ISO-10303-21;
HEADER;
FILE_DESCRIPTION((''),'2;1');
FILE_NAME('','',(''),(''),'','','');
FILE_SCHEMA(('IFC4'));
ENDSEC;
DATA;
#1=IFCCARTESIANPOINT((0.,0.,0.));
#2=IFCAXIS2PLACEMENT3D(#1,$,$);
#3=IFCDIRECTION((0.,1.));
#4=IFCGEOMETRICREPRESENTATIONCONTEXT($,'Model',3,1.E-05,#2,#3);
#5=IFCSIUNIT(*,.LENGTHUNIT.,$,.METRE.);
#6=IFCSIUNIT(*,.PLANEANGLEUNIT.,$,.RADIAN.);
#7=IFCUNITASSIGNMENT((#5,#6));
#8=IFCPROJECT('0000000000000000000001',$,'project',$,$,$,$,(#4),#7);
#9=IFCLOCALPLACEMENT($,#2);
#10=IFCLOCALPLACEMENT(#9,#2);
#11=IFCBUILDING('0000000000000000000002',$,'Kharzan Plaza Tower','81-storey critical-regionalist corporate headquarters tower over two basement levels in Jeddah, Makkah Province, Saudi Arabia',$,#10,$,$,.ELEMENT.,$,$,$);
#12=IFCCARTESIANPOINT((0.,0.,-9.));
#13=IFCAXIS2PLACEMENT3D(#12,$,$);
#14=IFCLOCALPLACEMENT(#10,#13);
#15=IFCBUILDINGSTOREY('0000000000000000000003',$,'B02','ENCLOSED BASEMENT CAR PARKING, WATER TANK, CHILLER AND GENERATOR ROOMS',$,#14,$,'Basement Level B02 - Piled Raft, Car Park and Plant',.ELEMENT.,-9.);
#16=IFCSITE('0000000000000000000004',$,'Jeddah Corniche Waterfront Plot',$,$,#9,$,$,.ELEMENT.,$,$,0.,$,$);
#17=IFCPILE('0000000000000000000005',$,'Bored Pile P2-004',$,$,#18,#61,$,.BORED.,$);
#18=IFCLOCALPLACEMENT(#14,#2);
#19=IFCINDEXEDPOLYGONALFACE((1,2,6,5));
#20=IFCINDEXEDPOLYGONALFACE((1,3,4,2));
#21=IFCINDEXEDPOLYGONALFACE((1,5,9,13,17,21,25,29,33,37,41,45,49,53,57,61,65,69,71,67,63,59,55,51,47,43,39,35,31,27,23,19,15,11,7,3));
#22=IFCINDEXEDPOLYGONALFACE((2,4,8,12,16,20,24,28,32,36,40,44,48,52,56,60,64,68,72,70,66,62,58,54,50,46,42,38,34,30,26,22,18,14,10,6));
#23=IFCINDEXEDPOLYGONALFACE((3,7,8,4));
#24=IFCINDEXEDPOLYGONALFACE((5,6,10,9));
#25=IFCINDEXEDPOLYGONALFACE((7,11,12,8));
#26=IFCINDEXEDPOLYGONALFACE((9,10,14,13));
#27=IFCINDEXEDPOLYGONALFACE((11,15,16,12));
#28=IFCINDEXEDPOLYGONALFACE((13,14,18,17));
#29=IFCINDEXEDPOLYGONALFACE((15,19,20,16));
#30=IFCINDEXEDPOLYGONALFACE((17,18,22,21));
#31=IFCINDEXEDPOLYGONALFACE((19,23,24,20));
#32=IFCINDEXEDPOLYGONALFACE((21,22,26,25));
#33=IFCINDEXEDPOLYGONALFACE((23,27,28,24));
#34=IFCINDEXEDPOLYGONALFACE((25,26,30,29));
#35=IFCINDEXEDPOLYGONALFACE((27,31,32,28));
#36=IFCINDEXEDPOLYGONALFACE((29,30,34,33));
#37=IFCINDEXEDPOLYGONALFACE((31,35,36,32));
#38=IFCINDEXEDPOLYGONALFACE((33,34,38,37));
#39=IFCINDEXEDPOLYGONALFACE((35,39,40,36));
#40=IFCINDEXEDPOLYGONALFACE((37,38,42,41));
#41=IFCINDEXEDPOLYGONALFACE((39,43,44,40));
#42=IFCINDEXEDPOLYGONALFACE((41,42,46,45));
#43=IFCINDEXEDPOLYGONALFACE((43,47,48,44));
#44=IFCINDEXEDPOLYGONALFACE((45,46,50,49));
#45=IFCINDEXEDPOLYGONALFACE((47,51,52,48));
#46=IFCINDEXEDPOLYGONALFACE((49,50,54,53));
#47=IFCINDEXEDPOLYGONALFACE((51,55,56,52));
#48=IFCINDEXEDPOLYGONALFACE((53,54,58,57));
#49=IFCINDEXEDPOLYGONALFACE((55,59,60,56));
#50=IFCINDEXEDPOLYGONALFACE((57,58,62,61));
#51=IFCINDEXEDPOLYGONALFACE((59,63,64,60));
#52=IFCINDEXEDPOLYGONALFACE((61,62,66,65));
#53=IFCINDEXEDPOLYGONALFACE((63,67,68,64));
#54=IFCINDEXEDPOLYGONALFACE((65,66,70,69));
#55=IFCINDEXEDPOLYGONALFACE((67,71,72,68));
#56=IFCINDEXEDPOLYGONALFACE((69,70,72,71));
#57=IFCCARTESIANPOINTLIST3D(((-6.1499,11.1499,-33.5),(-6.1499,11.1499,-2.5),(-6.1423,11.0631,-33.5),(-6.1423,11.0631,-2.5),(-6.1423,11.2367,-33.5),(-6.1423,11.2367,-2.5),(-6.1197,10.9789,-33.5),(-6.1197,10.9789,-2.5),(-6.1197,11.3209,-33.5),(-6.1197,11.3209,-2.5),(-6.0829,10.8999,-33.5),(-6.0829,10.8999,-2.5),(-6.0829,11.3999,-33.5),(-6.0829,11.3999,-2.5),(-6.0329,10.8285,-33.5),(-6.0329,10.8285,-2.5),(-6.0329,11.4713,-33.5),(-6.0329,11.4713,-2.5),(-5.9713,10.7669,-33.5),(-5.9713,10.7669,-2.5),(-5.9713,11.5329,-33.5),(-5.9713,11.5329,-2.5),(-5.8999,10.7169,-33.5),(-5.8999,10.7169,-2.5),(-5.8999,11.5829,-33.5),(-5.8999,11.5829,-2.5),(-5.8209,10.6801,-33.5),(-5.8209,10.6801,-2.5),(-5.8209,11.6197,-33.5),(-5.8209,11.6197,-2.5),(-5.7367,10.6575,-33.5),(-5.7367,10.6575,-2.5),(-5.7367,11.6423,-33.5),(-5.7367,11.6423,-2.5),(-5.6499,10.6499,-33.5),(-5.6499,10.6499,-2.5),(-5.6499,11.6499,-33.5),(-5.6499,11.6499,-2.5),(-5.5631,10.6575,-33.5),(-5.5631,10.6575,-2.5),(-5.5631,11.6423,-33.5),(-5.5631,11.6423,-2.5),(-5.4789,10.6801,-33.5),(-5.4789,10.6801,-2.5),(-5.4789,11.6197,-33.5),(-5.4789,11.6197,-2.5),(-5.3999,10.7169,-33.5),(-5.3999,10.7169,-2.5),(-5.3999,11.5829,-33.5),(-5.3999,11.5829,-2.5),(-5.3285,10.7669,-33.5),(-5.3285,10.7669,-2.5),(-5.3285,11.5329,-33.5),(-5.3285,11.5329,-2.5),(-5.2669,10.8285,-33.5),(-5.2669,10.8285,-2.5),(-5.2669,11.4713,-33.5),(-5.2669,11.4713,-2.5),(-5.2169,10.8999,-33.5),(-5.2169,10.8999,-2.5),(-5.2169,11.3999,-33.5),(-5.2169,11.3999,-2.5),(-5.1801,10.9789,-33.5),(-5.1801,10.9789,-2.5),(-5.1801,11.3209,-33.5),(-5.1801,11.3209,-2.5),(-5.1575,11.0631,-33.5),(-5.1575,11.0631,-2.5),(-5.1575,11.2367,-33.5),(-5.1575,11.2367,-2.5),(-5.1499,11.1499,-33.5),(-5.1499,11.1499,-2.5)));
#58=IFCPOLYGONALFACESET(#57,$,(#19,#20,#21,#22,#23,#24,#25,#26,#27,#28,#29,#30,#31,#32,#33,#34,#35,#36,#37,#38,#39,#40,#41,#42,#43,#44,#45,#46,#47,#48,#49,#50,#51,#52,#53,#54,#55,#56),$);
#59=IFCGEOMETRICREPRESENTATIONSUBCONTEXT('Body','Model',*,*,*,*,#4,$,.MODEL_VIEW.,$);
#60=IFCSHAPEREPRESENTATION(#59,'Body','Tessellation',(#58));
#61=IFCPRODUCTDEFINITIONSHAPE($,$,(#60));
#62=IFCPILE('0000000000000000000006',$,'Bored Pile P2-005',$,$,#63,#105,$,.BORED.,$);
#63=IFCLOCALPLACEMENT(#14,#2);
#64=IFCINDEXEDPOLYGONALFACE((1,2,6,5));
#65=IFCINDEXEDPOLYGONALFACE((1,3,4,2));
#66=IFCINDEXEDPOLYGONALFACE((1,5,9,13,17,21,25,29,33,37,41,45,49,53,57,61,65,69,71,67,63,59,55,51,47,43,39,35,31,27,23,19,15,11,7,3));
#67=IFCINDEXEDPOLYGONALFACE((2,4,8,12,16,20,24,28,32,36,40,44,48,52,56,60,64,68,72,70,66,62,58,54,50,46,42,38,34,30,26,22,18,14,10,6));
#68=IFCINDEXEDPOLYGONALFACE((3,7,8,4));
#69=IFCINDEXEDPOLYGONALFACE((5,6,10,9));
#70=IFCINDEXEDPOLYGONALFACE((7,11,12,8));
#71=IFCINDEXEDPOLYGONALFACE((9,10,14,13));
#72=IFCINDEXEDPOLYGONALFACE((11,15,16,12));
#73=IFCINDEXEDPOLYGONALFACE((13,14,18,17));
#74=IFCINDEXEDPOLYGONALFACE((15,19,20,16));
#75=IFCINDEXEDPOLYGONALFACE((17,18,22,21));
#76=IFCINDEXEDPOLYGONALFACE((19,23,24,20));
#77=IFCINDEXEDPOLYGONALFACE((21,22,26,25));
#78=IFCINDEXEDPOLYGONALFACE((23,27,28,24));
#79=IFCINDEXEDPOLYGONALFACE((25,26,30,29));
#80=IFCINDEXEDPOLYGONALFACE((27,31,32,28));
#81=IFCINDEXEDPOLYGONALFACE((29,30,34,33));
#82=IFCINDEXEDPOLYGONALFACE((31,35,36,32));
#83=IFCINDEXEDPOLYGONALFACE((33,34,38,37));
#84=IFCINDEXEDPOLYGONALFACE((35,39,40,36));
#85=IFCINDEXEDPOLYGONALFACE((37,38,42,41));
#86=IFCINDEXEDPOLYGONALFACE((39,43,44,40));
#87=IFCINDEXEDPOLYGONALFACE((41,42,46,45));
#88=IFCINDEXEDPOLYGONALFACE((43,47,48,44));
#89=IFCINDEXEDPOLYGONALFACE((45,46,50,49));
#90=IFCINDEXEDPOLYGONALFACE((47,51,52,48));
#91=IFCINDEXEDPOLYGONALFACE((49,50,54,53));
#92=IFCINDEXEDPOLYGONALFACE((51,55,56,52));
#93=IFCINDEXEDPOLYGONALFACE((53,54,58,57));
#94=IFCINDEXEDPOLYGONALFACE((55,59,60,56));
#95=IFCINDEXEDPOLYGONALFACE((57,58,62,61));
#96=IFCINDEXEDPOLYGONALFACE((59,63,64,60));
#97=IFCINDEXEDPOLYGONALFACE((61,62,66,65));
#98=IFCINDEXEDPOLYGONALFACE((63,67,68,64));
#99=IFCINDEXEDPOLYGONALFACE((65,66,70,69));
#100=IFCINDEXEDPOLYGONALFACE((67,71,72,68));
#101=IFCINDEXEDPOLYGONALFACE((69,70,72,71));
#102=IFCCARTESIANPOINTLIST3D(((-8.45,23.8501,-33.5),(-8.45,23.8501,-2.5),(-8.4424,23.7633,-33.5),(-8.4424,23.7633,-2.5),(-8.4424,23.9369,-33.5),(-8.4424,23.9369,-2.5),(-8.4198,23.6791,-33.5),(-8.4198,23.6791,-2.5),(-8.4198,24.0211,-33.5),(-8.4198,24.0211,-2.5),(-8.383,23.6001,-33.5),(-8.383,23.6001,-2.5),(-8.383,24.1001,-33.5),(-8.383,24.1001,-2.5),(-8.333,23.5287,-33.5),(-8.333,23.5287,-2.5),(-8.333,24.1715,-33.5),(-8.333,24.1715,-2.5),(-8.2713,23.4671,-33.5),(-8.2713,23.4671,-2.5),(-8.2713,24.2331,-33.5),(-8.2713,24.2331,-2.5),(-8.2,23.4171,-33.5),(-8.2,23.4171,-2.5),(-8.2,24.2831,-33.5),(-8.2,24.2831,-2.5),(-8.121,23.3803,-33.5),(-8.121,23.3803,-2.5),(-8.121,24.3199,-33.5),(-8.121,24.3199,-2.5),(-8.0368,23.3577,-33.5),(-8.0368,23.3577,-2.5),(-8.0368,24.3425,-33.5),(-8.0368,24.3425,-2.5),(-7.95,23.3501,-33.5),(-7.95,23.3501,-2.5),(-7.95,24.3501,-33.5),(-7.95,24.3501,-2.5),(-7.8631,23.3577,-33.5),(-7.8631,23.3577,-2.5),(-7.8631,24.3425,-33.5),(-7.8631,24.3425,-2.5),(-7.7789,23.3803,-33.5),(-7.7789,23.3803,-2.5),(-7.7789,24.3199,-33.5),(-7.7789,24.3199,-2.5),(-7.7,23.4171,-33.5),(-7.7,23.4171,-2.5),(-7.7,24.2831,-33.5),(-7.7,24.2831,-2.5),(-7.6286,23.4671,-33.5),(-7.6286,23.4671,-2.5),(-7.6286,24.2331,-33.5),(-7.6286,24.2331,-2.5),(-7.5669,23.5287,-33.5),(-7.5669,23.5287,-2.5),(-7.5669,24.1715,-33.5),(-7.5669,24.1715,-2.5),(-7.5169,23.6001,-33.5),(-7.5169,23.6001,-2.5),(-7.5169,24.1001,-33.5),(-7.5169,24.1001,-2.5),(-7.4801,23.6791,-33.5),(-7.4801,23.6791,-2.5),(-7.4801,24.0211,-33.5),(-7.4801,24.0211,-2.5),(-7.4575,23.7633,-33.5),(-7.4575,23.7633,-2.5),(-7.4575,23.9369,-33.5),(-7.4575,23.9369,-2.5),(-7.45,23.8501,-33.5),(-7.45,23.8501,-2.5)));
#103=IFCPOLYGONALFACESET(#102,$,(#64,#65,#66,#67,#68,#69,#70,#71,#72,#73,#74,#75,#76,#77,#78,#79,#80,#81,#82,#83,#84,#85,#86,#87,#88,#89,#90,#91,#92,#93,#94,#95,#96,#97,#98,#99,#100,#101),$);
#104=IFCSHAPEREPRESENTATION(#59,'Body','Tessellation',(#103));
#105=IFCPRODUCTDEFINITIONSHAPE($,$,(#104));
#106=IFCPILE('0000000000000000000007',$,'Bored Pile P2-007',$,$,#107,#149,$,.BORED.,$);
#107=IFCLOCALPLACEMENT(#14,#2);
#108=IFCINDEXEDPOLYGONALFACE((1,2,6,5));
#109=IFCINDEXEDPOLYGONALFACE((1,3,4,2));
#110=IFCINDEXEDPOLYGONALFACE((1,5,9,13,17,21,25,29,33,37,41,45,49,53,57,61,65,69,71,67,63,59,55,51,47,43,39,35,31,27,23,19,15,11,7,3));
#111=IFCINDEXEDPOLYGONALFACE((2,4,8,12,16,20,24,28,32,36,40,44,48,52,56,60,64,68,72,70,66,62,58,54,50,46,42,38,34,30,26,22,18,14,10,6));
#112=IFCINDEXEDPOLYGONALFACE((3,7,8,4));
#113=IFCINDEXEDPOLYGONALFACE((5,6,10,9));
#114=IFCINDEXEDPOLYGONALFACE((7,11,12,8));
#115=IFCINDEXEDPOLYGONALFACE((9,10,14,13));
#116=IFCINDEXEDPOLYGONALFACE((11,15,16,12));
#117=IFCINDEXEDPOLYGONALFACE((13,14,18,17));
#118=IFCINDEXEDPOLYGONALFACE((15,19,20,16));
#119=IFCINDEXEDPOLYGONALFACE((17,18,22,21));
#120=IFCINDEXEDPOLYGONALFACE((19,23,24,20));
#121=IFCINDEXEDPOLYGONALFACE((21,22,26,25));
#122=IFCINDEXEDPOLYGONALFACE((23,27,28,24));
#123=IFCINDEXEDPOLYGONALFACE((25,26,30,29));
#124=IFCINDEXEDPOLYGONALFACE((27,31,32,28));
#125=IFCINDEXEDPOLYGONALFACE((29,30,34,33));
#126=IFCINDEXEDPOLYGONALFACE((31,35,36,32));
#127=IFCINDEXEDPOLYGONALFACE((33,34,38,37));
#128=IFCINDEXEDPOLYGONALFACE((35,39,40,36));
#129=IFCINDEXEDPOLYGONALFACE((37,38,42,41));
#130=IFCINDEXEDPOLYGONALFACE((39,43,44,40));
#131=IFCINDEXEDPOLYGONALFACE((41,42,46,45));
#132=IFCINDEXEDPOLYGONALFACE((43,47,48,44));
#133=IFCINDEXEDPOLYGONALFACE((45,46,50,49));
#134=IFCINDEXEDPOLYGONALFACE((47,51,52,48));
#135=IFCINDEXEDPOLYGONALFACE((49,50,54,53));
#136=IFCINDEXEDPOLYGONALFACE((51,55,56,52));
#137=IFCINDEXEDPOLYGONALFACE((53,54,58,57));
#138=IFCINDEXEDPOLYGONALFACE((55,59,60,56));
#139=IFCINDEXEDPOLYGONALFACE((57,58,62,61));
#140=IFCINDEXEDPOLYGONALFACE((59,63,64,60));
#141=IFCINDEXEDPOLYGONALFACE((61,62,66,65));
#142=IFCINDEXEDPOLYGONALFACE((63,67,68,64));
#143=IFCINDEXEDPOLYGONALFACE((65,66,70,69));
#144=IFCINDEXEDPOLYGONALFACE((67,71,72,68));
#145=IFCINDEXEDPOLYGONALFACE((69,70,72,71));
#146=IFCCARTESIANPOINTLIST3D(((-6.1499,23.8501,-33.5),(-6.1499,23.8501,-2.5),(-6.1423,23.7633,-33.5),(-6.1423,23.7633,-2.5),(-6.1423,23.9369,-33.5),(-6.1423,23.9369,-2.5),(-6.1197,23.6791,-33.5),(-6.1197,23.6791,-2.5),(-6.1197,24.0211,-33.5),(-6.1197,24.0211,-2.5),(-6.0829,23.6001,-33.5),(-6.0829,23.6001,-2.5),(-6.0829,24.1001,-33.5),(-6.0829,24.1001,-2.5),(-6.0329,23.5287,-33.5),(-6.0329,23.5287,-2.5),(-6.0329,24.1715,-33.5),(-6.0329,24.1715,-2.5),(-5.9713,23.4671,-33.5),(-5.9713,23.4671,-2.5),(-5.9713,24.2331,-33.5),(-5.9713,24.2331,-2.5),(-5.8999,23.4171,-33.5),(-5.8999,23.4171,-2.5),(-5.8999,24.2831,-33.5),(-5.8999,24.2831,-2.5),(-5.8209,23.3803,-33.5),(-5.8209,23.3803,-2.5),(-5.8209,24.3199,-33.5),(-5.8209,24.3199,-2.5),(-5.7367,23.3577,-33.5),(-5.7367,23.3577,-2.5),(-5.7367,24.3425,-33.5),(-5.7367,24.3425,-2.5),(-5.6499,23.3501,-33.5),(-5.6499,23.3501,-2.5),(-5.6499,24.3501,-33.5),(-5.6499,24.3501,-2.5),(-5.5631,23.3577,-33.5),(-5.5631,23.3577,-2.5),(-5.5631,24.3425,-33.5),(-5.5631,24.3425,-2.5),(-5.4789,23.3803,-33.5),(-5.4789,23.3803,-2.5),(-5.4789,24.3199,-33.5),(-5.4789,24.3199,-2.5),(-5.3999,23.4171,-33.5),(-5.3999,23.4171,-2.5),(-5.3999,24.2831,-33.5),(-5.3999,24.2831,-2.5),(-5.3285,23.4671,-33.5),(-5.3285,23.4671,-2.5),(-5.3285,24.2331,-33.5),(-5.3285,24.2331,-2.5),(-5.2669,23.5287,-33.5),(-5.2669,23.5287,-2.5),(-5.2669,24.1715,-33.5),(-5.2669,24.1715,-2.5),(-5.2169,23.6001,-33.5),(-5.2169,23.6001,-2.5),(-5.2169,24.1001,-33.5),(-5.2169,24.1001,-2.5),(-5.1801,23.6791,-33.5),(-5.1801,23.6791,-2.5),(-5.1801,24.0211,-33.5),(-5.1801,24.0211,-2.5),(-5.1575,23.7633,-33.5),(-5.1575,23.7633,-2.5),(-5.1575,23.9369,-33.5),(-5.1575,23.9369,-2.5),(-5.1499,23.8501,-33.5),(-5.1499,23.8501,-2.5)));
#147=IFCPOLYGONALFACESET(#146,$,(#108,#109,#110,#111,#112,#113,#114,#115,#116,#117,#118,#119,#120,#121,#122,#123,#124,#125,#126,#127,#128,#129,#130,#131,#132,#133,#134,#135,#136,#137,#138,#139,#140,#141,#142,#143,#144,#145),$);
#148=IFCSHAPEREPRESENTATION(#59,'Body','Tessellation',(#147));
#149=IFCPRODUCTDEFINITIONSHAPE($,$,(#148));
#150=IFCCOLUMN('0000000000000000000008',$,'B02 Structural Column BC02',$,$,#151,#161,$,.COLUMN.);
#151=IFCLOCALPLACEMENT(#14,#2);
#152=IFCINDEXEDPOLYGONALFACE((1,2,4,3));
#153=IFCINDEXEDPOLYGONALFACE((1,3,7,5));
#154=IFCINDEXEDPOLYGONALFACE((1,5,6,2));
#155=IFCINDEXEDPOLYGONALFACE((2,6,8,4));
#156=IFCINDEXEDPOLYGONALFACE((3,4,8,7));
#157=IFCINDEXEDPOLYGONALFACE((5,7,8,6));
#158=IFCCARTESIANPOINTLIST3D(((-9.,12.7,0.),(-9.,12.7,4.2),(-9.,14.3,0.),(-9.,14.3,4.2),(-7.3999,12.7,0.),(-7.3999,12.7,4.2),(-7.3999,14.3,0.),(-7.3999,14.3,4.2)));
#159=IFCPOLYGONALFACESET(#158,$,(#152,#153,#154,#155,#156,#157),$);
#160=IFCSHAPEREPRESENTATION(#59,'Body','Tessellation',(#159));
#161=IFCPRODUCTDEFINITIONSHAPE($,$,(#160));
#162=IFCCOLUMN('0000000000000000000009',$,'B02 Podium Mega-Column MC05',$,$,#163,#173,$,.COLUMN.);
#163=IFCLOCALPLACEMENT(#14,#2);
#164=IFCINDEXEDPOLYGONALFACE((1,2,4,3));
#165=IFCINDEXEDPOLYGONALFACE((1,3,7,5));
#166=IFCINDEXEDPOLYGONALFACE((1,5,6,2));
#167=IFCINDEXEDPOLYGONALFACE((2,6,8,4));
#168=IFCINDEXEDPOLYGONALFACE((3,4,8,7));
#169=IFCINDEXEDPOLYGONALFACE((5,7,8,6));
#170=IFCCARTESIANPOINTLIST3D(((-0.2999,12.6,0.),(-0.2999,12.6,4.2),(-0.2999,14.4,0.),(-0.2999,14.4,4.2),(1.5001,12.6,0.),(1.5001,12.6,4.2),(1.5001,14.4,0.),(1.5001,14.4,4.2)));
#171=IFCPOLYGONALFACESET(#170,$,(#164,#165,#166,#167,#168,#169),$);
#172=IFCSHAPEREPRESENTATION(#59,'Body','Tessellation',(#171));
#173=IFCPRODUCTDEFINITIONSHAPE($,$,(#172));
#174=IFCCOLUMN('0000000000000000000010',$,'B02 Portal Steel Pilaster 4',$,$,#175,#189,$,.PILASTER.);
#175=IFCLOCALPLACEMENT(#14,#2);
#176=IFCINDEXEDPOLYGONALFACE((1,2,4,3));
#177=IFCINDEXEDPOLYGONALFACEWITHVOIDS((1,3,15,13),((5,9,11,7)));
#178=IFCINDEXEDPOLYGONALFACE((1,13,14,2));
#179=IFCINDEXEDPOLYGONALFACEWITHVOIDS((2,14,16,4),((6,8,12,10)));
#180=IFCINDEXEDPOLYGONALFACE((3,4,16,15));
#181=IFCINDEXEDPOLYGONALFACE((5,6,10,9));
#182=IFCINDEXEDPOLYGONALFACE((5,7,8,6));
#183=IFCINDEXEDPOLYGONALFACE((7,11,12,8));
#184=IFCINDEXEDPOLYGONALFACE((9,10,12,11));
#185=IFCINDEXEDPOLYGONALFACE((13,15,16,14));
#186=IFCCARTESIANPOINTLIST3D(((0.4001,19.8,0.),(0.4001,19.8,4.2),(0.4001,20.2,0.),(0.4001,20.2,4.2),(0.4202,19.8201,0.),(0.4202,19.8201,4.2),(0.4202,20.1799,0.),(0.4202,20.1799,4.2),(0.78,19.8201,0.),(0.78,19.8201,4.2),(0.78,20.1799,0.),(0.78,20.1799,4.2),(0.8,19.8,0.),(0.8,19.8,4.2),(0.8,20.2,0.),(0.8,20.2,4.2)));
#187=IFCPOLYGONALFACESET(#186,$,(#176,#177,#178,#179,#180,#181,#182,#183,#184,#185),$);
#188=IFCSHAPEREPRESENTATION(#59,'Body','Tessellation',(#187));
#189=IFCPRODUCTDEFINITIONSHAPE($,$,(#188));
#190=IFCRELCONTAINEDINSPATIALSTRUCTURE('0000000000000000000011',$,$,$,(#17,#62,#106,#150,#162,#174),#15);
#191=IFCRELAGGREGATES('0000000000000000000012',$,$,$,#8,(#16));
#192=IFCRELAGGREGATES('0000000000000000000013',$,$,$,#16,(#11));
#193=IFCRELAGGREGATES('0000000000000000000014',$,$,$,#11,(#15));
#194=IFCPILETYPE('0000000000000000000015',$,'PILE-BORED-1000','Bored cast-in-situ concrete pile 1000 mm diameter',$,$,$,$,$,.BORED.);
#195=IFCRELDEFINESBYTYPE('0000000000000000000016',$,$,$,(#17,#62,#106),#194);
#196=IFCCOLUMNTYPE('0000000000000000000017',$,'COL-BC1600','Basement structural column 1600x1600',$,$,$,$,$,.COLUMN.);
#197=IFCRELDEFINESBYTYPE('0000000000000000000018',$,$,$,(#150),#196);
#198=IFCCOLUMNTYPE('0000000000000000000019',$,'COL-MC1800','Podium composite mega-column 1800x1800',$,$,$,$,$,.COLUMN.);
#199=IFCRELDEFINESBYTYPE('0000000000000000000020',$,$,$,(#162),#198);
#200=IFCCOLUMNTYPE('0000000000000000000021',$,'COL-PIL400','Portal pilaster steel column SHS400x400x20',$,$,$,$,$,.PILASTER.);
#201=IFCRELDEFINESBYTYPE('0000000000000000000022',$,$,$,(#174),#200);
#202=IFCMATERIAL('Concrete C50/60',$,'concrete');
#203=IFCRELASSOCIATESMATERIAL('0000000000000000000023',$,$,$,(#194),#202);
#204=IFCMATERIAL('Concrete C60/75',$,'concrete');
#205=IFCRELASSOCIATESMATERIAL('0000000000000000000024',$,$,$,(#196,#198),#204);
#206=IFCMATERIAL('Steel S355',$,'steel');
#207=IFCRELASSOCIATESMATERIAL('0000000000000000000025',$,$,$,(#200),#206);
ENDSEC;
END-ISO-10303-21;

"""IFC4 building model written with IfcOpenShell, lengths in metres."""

from ifc_helpers import new_model, si_unit, direction, frame, origin, origin_2d, place, context, subcontext, project, spatial, rectangle, hollow_rectangle, circle, extrude, source, transform, mapped, material, material_profile, profile_set, type_object, element, save


model = new_model("IFC4")

# Units and contexts
model_context = context("Model", 3, precision=1e-05, world=origin(), true_north=direction((0.0, 1.0)))
body_context = subcontext(model_context, "Body", "Model", "MODEL_VIEW")
ifc_project = project(units=[si_unit("LENGTHUNIT", "METRE"), si_unit("PLANEANGLEUNIT", "RADIAN")], contexts=[model_context])

# Site, building, storey
site_placement = place(None, origin())
site = spatial("IfcSite", under=ifc_project, at=site_placement, Name="Jeddah Corniche Waterfront Plot", CompositionType="ELEMENT", RefElevation=0.0)
building_placement = place(site_placement, origin())
building = spatial("IfcBuilding", under=site, at=building_placement, Name="Kharzan Plaza Tower", Description="81-storey critical-regionalist corporate headquarters tower over two basement levels in Jeddah, Makkah Province, Saudi Arabia", CompositionType="ELEMENT")
storey_placement = place(building_placement, frame((0.0, 0.0, -9.0)))
storey = spatial("IfcBuildingStorey", under=building, at=storey_placement, Name="B02", Description="ENCLOSED BASEMENT CAR PARKING, WATER TANK, CHILLER AND GENERATOR ROOMS", LongName="Basement Level B02 - Piled Raft, Car Park and Plant", CompositionType="ELEMENT", Elevation=-9.0)

# Shared definitions
ifc_material_1 = material(Name="Concrete C50/60", Category="concrete")

# Piles
ifc_material_profile_1 = material_profile(ifc_material_1, circle(Radius=0.5, at=origin_2d()), Name="PILE-D1000")
ifc_profile_set_1 = profile_set([ifc_material_profile_1], Name="Concrete C50/60")
pile_type_1 = type_object("IfcPileType", Name="PILE-BORED-1000", Description="Bored cast-in-situ concrete pile 1000 mm diameter", PredefinedType="BORED", material=ifc_profile_set_1)
shared_shape_1 = source(origin(), body_context, "Body", "SweptSolid", [
    extrude(circle(Radius=0.5, at=origin_2d()), origin(), (0.0, 0.0, 1.0), 31.0),
])
for number, where, z_axis, x_axis, name in (
    (1, (-5.6499, 11.1499, -2.5), (0.0, 0.0, -1.0), (1.0, 0.0, 0.0), "Bored Pile P2-004"),
    (2, (-7.95, 23.8501, -2.5), (0.0, 0.0, -1.0), (1.0, 0.0, 0.0), "Bored Pile P2-005"),
    (3, (-5.6499, 23.8501, -2.5), (0.0, 0.0, -1.0), (1.0, 0.0, 0.0), "Bored Pile P2-007"),
):
    element("IfcPile", number, at=place(storey_placement, frame(where, z_axis=z_axis, x_axis=x_axis)), inside=storey, type_object=pile_type_1, Name=name, PredefinedType="BORED", context=body_context, shape_type="MappedRepresentation", body=[
        mapped(shared_shape_1, transform((0.0, 0.0, 0.0), x_axis=(1.0, 0.0, 0.0), y_axis=(0.0, 1.0, 0.0), z_axis=(0.0, 0.0, 1.0))),
    ])

# Columns
ifc_material_2 = material(Name="Concrete C60/75", Category="concrete")
ifc_material_profile_2 = material_profile(ifc_material_2, rectangle(XDim=1.6001, YDim=1.6001, at=origin_2d()), Name="RC-MC1600x1600")
ifc_profile_set_2 = profile_set([ifc_material_profile_2], Name="Concrete C60/75")
column_type_1 = type_object("IfcColumnType", Name="COL-BC1600", Description="Basement structural column 1600x1600", PredefinedType="COLUMN", material=ifc_profile_set_2)
shared_shape_2 = source(origin(), body_context, "Body", "SweptSolid", [
    extrude(rectangle(XDim=1.6001, YDim=1.6001, at=origin_2d()), origin(), (0.0, 0.0, 1.0), 4.2),
])
column_1_placement = place(storey_placement, frame((-8.2, 13.5, 0.0), z_axis=(0.0, 0.0, 1.0), x_axis=(1.0, 0.0, 0.0)))
element("IfcColumn", 4, at=column_1_placement, inside=storey, type_object=column_type_1, Name="B02 Structural Column BC02", PredefinedType="COLUMN", context=body_context, shape_type="MappedRepresentation", body=[
    mapped(shared_shape_2, transform((0.0, 0.0, 0.0), x_axis=(1.0, 0.0, 0.0), y_axis=(0.0, 1.0, 0.0), z_axis=(0.0, 0.0, 1.0))),
])
ifc_material_profile_3 = material_profile(ifc_material_2, rectangle(XDim=1.8, YDim=1.8, at=origin_2d()), Name="RC-MC1800x1800")
ifc_profile_set_3 = profile_set([ifc_material_profile_3], Name="Concrete C60/75")
column_type_2 = type_object("IfcColumnType", Name="COL-MC1800", Description="Podium composite mega-column 1800x1800", PredefinedType="COLUMN", material=ifc_profile_set_3)
shared_shape_3 = source(origin(), body_context, "Body", "SweptSolid", [
    extrude(rectangle(XDim=1.8, YDim=1.8, at=origin_2d()), origin(), (0.0, 0.0, 1.0), 4.2),
])
column_2_placement = place(storey_placement, frame((0.6001, 13.5, 0.0), z_axis=(0.0, 0.0, 1.0), x_axis=(1.0, 0.0, 0.0)))
element("IfcColumn", 5, at=column_2_placement, inside=storey, type_object=column_type_2, Name="B02 Podium Mega-Column MC05", PredefinedType="COLUMN", context=body_context, shape_type="MappedRepresentation", body=[
    mapped(shared_shape_3, transform((0.0, 0.0, 0.0), x_axis=(1.0, 0.0, 0.0), y_axis=(0.0, 1.0, 0.0), z_axis=(0.0, 0.0, 1.0))),
])
ifc_material_3 = material(Name="Steel S355", Category="steel")
ifc_material_profile_4 = material_profile(ifc_material_3, hollow_rectangle(XDim=0.3999, YDim=0.3999, WallThickness=0.02, at=origin_2d()), Name="SHS400x400x20")
ifc_profile_set_4 = profile_set([ifc_material_profile_4], Name="Steel S355")
column_type_3 = type_object("IfcColumnType", Name="COL-PIL400", Description="Portal pilaster steel column SHS400x400x20", PredefinedType="PILASTER", material=ifc_profile_set_4)
shared_shape_4 = source(origin(), body_context, "Body", "SweptSolid", [
    extrude(hollow_rectangle(XDim=0.3999, YDim=0.3999, WallThickness=0.02, at=origin_2d()), origin(), (0.0, 0.0, 1.0), 4.2),
])
column_3_placement = place(storey_placement, frame((0.6001, 20.0, 0.0), z_axis=(0.0, 0.0, 1.0), x_axis=(1.0, 0.0, 0.0)))
element("IfcColumn", 6, at=column_3_placement, inside=storey, type_object=column_type_3, Name="B02 Portal Steel Pilaster 4", PredefinedType="PILASTER", context=body_context, shape_type="MappedRepresentation", body=[
    mapped(shared_shape_4, transform((0.0, 0.0, 0.0), x_axis=(1.0, 0.0, 0.0), y_axis=(0.0, 1.0, 0.0), z_axis=(0.0, 0.0, 1.0))),
])

save(model, "model.ifc")
